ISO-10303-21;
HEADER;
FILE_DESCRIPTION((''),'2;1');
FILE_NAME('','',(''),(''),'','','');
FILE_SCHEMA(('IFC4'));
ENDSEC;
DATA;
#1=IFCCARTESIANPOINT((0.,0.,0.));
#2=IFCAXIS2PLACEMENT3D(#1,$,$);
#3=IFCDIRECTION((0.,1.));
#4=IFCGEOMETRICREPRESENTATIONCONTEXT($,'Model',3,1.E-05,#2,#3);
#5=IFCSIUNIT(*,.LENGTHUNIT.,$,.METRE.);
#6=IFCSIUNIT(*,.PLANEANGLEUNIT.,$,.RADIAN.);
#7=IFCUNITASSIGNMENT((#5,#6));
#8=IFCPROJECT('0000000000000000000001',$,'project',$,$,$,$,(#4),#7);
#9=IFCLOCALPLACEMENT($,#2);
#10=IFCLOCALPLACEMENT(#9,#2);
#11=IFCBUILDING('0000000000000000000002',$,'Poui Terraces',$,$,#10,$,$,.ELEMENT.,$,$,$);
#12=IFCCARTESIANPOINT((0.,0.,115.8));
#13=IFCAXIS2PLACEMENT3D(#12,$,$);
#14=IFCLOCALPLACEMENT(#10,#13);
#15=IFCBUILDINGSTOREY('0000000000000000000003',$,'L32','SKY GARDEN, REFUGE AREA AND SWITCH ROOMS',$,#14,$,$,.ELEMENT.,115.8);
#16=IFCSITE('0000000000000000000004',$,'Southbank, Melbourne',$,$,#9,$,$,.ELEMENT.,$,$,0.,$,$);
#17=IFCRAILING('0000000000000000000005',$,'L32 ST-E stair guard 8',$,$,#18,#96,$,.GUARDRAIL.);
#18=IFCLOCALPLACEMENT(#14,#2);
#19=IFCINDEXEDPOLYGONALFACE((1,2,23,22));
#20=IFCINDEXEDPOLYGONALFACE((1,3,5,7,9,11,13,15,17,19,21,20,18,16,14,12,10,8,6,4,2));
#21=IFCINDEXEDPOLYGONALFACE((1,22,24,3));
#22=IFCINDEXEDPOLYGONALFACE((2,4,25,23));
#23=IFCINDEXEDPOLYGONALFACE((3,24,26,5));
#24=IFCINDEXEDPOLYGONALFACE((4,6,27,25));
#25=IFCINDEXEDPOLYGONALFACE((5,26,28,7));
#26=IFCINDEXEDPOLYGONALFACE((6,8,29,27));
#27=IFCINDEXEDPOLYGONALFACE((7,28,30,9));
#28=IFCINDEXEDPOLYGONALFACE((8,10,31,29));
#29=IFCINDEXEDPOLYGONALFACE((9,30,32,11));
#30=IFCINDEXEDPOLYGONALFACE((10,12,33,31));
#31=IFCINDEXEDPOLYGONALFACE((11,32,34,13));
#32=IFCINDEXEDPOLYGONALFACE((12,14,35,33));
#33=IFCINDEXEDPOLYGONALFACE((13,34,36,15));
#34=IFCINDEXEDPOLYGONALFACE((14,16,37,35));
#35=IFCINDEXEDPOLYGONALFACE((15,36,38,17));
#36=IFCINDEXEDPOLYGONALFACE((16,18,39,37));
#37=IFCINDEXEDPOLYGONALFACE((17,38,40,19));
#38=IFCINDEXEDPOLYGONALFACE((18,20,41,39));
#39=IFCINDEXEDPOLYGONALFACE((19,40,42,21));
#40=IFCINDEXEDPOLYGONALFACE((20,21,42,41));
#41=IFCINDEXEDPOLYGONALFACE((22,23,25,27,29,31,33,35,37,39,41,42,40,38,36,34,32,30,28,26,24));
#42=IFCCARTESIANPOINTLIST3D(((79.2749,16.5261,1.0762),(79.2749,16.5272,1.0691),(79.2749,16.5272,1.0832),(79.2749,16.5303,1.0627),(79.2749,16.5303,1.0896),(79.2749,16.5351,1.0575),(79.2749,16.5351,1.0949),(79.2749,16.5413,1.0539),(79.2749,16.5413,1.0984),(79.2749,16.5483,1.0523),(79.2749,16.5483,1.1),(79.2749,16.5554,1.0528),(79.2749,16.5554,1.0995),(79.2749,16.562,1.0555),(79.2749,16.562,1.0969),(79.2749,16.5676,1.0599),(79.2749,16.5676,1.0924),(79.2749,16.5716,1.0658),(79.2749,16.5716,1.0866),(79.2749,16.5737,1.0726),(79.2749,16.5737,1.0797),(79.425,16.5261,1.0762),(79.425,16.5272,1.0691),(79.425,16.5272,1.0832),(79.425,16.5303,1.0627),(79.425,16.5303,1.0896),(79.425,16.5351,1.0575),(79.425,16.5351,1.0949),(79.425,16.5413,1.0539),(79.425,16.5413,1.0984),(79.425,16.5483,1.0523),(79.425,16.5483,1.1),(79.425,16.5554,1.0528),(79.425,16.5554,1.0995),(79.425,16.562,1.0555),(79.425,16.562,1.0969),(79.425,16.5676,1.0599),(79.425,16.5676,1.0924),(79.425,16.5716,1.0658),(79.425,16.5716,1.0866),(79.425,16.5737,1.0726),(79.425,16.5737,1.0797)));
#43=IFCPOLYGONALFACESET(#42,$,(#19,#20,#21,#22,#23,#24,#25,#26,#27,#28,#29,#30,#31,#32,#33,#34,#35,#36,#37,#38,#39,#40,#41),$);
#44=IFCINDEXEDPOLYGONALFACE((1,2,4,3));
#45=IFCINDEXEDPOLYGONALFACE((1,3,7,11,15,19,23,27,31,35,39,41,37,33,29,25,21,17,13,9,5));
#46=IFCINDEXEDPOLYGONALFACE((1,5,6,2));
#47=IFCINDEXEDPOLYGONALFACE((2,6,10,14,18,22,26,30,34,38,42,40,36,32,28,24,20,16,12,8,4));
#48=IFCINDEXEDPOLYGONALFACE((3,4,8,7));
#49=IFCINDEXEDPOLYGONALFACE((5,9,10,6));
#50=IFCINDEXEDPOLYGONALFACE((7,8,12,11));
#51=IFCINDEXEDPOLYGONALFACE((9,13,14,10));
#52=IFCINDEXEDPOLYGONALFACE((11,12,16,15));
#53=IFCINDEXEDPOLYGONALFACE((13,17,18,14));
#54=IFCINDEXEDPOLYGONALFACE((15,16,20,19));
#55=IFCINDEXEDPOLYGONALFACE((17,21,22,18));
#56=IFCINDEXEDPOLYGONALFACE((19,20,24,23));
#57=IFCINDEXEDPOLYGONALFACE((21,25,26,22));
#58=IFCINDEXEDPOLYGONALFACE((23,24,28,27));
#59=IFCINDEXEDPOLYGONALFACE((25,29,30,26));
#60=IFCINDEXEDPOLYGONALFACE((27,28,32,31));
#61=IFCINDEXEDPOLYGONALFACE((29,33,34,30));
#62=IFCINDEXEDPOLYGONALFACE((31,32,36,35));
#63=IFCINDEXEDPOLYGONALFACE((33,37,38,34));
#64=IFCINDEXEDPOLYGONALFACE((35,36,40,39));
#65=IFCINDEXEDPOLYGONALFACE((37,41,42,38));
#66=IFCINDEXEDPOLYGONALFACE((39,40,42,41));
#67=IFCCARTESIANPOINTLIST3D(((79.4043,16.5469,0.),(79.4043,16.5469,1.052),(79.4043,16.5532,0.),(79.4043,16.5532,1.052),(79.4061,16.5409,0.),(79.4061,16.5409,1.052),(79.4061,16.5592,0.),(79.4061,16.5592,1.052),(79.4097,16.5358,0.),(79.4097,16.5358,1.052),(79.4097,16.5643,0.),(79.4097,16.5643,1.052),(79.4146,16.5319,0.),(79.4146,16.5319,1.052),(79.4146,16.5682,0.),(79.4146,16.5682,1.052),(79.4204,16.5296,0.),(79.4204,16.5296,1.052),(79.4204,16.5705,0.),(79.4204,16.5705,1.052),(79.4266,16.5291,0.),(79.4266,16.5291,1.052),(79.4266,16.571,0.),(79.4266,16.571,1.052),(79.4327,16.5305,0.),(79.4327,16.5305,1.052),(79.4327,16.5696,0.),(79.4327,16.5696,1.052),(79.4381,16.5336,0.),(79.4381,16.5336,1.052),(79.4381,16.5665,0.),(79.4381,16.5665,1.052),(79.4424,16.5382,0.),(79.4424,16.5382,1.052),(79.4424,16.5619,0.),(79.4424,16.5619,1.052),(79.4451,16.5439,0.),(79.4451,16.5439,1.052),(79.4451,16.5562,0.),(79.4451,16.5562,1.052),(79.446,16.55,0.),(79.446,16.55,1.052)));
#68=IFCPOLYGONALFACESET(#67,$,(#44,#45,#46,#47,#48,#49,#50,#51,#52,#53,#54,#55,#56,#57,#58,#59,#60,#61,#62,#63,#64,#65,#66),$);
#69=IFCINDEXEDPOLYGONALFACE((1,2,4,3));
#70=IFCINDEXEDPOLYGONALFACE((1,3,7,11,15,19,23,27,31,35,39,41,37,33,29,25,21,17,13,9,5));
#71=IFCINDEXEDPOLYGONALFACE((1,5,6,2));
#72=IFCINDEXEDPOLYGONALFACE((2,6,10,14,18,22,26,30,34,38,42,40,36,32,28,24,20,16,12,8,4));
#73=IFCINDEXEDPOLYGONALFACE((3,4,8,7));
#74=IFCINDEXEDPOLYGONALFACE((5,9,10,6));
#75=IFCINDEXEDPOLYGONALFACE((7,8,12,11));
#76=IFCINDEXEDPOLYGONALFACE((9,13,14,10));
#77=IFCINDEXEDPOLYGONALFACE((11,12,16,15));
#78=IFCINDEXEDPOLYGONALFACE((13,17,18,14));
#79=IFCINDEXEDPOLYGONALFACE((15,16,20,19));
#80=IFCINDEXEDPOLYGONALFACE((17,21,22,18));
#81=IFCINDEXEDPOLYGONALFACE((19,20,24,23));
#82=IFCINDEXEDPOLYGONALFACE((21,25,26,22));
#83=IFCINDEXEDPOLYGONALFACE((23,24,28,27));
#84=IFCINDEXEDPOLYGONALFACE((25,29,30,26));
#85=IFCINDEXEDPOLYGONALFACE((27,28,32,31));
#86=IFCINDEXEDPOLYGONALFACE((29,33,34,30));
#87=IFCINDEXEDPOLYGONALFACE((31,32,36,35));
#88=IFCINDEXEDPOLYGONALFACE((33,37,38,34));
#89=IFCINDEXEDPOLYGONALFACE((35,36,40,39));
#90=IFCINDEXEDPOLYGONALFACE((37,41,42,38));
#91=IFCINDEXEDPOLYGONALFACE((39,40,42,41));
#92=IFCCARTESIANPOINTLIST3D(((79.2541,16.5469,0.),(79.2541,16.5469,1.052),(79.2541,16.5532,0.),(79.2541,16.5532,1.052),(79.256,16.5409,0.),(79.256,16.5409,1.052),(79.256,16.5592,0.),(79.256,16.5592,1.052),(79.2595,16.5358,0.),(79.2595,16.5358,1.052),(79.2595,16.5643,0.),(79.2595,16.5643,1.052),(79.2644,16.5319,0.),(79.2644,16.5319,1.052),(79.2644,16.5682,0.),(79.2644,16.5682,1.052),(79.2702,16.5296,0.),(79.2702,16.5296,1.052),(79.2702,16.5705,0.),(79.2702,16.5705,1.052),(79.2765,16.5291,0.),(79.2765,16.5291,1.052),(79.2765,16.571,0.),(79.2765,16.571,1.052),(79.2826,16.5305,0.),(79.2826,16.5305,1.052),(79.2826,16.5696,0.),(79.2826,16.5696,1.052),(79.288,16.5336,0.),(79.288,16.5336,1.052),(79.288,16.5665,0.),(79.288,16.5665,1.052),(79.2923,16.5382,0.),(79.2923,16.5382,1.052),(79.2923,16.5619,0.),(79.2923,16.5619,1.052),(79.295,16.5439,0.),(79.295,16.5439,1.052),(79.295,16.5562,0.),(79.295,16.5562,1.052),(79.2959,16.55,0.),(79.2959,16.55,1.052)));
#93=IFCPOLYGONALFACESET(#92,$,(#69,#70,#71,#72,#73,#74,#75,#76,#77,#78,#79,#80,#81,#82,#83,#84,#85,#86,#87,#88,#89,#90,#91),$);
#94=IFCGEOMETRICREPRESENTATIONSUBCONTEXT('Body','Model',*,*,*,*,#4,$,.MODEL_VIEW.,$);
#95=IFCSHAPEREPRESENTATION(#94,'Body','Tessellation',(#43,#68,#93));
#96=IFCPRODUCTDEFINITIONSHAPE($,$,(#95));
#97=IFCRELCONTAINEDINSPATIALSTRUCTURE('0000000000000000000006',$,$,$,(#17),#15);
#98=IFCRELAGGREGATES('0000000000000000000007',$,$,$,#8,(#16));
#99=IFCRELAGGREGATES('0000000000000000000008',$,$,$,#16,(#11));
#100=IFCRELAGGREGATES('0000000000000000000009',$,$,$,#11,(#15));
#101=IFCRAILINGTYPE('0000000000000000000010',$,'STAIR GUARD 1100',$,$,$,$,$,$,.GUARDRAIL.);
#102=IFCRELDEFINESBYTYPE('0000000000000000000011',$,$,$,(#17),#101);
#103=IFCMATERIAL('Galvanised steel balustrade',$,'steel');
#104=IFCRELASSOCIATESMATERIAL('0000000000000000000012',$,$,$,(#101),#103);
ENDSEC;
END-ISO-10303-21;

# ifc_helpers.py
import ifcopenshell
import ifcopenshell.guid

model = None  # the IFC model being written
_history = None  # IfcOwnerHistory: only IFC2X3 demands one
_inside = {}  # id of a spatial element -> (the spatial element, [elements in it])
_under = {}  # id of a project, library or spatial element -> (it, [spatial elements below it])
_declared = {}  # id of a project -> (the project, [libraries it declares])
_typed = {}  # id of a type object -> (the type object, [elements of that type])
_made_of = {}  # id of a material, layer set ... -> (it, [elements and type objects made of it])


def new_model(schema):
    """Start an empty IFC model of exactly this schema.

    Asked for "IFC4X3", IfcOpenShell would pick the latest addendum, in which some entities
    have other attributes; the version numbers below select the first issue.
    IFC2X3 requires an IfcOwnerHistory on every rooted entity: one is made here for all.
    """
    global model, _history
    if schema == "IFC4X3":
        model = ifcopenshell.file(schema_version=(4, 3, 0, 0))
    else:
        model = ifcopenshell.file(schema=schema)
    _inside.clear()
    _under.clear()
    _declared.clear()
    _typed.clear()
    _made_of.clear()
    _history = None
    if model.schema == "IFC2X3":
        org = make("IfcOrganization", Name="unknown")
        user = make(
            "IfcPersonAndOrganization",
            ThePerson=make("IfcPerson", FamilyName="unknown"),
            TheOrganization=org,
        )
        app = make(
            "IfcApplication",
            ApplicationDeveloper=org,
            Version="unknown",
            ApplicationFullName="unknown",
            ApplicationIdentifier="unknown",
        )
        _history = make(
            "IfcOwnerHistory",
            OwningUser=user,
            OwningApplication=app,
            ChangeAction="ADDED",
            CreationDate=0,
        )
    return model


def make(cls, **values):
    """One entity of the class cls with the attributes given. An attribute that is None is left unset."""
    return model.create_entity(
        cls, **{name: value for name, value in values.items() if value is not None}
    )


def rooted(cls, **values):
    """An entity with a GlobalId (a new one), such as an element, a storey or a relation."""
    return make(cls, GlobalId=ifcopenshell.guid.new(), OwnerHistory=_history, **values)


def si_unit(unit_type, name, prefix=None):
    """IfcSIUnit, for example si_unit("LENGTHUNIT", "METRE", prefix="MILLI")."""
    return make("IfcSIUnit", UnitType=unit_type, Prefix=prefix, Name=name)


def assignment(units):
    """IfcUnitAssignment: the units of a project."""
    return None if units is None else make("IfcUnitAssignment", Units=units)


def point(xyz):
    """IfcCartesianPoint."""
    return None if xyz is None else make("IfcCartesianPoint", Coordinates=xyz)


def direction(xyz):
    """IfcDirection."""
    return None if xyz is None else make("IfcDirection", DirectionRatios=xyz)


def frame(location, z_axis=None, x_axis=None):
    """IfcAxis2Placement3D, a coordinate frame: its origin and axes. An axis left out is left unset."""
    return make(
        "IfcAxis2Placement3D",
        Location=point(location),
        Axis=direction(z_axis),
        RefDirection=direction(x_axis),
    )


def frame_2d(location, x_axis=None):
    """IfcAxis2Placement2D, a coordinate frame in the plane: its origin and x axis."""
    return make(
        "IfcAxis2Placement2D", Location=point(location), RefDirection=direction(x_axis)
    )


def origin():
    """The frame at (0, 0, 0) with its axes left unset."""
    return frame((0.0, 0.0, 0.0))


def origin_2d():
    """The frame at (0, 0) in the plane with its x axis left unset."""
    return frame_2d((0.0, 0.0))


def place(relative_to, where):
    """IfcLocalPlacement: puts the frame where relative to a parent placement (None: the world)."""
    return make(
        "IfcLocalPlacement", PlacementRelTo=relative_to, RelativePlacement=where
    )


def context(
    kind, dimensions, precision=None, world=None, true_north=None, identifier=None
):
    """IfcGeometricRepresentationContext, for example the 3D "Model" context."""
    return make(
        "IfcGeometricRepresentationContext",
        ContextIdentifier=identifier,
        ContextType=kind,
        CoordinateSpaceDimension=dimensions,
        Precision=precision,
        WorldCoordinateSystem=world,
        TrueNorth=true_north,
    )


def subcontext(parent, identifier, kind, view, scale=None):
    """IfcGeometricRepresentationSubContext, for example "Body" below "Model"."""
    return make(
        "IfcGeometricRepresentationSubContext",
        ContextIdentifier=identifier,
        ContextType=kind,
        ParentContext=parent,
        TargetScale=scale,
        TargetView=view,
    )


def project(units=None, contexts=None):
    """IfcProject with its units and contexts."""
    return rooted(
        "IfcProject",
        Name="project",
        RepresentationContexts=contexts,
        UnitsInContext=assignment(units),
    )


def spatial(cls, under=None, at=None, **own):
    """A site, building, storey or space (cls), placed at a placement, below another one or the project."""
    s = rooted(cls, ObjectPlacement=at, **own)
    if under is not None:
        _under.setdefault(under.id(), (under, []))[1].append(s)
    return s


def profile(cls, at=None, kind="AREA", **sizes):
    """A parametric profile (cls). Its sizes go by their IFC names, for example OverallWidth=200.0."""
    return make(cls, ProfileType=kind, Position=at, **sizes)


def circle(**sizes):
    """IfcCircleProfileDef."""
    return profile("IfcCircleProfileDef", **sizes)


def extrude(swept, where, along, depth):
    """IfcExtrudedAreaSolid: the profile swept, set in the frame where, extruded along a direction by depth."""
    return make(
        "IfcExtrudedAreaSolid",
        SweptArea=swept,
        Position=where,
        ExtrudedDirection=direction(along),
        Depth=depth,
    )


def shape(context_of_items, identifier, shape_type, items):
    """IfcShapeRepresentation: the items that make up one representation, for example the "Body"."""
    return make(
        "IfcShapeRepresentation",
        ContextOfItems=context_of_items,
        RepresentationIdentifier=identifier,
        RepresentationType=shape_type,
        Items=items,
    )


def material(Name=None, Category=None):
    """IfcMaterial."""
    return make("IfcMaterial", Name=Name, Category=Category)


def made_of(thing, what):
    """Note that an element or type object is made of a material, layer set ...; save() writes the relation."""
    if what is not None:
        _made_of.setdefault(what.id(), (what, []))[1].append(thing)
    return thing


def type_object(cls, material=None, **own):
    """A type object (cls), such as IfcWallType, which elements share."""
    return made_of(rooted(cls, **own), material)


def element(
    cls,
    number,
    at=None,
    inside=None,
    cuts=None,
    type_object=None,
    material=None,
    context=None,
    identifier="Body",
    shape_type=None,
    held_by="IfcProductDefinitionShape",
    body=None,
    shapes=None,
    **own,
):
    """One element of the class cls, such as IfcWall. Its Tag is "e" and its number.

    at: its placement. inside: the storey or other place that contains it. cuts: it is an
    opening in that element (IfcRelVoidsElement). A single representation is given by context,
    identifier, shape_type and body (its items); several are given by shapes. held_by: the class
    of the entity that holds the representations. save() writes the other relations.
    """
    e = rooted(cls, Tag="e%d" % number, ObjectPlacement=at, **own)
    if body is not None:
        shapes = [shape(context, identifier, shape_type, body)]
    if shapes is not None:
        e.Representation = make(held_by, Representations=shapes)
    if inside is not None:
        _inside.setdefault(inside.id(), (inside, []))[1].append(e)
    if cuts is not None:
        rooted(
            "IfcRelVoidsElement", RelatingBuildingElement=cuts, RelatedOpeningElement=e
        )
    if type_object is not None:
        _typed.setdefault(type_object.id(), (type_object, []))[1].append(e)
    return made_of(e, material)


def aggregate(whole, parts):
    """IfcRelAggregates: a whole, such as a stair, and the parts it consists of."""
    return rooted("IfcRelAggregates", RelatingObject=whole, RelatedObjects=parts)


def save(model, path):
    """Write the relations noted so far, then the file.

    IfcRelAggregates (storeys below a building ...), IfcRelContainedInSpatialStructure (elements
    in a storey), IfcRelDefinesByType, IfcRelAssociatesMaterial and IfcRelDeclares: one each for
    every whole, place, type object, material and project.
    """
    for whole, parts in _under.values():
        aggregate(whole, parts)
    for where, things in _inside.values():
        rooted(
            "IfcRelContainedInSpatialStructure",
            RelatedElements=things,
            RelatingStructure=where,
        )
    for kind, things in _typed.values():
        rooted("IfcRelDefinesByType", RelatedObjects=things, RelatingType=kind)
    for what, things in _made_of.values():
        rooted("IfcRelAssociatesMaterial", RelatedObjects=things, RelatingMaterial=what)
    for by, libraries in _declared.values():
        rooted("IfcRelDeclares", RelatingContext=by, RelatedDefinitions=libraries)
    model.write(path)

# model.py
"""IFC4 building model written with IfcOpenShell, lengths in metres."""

from ifc_helpers import new_model, si_unit, direction, frame, origin, origin_2d, place, context, subcontext, project, spatial, circle, extrude, material, type_object, element, save


model = new_model("IFC4")

# Units and contexts
model_context = context("Model", 3, precision=1e-05, world=origin(), true_north=direction((0.0, 1.0)))
body_context = subcontext(model_context, "Body", "Model", "MODEL_VIEW")
ifc_project = project(units=[si_unit("LENGTHUNIT", "METRE"), si_unit("PLANEANGLEUNIT", "RADIAN")], contexts=[model_context])

# Site, building, storey
site_placement = place(None, origin())
site = spatial("IfcSite", under=ifc_project, at=site_placement, Name="Southbank, Melbourne", CompositionType="ELEMENT", RefElevation=0.0)
building_placement = place(site_placement, origin())
building = spatial("IfcBuilding", under=site, at=building_placement, Name="Poui Terraces", CompositionType="ELEMENT")
storey_placement = place(building_placement, frame((0.0, 0.0, 115.8)))
storey = spatial("IfcBuildingStorey", under=building, at=storey_placement, Name="L32", Description="SKY GARDEN, REFUGE AREA AND SWITCH ROOMS", CompositionType="ELEMENT", Elevation=115.8)

# Railing
ifc_material_1 = material(Name="Galvanised steel balustrade", Category="steel")
railing_type_1 = type_object("IfcRailingType", Name="STAIR GUARD 1100", PredefinedType="GUARDRAIL", material=ifc_material_1)
railing_1_placement = place(storey_placement, frame((79.425, 16.55, 0.0)))
element("IfcRailing", 1, at=railing_1_placement, inside=storey, type_object=railing_type_1, Name="L32 ST-E stair guard 8", PredefinedType="GUARDRAIL", context=body_context, shape_type="SweptSolid", body=[
    extrude(circle(Radius=0.0239, at=origin_2d()), frame((0.0, 0.0, 1.0762), z_axis=(-1.0, 0.0, 0.0), x_axis=(0.0, -1.0, 0.0)), (0.0, 0.0, 1.0), 0.1501),
    extrude(circle(Radius=0.021, at=origin_2d()), origin(), (0.0, 0.0, 1.0), 1.052),
    extrude(circle(Radius=0.021, at=origin_2d()), frame((-0.1501, 0.0, 0.0)), (0.0, 0.0, 1.0), 1.052),
])

save(model, "model.ifc")
